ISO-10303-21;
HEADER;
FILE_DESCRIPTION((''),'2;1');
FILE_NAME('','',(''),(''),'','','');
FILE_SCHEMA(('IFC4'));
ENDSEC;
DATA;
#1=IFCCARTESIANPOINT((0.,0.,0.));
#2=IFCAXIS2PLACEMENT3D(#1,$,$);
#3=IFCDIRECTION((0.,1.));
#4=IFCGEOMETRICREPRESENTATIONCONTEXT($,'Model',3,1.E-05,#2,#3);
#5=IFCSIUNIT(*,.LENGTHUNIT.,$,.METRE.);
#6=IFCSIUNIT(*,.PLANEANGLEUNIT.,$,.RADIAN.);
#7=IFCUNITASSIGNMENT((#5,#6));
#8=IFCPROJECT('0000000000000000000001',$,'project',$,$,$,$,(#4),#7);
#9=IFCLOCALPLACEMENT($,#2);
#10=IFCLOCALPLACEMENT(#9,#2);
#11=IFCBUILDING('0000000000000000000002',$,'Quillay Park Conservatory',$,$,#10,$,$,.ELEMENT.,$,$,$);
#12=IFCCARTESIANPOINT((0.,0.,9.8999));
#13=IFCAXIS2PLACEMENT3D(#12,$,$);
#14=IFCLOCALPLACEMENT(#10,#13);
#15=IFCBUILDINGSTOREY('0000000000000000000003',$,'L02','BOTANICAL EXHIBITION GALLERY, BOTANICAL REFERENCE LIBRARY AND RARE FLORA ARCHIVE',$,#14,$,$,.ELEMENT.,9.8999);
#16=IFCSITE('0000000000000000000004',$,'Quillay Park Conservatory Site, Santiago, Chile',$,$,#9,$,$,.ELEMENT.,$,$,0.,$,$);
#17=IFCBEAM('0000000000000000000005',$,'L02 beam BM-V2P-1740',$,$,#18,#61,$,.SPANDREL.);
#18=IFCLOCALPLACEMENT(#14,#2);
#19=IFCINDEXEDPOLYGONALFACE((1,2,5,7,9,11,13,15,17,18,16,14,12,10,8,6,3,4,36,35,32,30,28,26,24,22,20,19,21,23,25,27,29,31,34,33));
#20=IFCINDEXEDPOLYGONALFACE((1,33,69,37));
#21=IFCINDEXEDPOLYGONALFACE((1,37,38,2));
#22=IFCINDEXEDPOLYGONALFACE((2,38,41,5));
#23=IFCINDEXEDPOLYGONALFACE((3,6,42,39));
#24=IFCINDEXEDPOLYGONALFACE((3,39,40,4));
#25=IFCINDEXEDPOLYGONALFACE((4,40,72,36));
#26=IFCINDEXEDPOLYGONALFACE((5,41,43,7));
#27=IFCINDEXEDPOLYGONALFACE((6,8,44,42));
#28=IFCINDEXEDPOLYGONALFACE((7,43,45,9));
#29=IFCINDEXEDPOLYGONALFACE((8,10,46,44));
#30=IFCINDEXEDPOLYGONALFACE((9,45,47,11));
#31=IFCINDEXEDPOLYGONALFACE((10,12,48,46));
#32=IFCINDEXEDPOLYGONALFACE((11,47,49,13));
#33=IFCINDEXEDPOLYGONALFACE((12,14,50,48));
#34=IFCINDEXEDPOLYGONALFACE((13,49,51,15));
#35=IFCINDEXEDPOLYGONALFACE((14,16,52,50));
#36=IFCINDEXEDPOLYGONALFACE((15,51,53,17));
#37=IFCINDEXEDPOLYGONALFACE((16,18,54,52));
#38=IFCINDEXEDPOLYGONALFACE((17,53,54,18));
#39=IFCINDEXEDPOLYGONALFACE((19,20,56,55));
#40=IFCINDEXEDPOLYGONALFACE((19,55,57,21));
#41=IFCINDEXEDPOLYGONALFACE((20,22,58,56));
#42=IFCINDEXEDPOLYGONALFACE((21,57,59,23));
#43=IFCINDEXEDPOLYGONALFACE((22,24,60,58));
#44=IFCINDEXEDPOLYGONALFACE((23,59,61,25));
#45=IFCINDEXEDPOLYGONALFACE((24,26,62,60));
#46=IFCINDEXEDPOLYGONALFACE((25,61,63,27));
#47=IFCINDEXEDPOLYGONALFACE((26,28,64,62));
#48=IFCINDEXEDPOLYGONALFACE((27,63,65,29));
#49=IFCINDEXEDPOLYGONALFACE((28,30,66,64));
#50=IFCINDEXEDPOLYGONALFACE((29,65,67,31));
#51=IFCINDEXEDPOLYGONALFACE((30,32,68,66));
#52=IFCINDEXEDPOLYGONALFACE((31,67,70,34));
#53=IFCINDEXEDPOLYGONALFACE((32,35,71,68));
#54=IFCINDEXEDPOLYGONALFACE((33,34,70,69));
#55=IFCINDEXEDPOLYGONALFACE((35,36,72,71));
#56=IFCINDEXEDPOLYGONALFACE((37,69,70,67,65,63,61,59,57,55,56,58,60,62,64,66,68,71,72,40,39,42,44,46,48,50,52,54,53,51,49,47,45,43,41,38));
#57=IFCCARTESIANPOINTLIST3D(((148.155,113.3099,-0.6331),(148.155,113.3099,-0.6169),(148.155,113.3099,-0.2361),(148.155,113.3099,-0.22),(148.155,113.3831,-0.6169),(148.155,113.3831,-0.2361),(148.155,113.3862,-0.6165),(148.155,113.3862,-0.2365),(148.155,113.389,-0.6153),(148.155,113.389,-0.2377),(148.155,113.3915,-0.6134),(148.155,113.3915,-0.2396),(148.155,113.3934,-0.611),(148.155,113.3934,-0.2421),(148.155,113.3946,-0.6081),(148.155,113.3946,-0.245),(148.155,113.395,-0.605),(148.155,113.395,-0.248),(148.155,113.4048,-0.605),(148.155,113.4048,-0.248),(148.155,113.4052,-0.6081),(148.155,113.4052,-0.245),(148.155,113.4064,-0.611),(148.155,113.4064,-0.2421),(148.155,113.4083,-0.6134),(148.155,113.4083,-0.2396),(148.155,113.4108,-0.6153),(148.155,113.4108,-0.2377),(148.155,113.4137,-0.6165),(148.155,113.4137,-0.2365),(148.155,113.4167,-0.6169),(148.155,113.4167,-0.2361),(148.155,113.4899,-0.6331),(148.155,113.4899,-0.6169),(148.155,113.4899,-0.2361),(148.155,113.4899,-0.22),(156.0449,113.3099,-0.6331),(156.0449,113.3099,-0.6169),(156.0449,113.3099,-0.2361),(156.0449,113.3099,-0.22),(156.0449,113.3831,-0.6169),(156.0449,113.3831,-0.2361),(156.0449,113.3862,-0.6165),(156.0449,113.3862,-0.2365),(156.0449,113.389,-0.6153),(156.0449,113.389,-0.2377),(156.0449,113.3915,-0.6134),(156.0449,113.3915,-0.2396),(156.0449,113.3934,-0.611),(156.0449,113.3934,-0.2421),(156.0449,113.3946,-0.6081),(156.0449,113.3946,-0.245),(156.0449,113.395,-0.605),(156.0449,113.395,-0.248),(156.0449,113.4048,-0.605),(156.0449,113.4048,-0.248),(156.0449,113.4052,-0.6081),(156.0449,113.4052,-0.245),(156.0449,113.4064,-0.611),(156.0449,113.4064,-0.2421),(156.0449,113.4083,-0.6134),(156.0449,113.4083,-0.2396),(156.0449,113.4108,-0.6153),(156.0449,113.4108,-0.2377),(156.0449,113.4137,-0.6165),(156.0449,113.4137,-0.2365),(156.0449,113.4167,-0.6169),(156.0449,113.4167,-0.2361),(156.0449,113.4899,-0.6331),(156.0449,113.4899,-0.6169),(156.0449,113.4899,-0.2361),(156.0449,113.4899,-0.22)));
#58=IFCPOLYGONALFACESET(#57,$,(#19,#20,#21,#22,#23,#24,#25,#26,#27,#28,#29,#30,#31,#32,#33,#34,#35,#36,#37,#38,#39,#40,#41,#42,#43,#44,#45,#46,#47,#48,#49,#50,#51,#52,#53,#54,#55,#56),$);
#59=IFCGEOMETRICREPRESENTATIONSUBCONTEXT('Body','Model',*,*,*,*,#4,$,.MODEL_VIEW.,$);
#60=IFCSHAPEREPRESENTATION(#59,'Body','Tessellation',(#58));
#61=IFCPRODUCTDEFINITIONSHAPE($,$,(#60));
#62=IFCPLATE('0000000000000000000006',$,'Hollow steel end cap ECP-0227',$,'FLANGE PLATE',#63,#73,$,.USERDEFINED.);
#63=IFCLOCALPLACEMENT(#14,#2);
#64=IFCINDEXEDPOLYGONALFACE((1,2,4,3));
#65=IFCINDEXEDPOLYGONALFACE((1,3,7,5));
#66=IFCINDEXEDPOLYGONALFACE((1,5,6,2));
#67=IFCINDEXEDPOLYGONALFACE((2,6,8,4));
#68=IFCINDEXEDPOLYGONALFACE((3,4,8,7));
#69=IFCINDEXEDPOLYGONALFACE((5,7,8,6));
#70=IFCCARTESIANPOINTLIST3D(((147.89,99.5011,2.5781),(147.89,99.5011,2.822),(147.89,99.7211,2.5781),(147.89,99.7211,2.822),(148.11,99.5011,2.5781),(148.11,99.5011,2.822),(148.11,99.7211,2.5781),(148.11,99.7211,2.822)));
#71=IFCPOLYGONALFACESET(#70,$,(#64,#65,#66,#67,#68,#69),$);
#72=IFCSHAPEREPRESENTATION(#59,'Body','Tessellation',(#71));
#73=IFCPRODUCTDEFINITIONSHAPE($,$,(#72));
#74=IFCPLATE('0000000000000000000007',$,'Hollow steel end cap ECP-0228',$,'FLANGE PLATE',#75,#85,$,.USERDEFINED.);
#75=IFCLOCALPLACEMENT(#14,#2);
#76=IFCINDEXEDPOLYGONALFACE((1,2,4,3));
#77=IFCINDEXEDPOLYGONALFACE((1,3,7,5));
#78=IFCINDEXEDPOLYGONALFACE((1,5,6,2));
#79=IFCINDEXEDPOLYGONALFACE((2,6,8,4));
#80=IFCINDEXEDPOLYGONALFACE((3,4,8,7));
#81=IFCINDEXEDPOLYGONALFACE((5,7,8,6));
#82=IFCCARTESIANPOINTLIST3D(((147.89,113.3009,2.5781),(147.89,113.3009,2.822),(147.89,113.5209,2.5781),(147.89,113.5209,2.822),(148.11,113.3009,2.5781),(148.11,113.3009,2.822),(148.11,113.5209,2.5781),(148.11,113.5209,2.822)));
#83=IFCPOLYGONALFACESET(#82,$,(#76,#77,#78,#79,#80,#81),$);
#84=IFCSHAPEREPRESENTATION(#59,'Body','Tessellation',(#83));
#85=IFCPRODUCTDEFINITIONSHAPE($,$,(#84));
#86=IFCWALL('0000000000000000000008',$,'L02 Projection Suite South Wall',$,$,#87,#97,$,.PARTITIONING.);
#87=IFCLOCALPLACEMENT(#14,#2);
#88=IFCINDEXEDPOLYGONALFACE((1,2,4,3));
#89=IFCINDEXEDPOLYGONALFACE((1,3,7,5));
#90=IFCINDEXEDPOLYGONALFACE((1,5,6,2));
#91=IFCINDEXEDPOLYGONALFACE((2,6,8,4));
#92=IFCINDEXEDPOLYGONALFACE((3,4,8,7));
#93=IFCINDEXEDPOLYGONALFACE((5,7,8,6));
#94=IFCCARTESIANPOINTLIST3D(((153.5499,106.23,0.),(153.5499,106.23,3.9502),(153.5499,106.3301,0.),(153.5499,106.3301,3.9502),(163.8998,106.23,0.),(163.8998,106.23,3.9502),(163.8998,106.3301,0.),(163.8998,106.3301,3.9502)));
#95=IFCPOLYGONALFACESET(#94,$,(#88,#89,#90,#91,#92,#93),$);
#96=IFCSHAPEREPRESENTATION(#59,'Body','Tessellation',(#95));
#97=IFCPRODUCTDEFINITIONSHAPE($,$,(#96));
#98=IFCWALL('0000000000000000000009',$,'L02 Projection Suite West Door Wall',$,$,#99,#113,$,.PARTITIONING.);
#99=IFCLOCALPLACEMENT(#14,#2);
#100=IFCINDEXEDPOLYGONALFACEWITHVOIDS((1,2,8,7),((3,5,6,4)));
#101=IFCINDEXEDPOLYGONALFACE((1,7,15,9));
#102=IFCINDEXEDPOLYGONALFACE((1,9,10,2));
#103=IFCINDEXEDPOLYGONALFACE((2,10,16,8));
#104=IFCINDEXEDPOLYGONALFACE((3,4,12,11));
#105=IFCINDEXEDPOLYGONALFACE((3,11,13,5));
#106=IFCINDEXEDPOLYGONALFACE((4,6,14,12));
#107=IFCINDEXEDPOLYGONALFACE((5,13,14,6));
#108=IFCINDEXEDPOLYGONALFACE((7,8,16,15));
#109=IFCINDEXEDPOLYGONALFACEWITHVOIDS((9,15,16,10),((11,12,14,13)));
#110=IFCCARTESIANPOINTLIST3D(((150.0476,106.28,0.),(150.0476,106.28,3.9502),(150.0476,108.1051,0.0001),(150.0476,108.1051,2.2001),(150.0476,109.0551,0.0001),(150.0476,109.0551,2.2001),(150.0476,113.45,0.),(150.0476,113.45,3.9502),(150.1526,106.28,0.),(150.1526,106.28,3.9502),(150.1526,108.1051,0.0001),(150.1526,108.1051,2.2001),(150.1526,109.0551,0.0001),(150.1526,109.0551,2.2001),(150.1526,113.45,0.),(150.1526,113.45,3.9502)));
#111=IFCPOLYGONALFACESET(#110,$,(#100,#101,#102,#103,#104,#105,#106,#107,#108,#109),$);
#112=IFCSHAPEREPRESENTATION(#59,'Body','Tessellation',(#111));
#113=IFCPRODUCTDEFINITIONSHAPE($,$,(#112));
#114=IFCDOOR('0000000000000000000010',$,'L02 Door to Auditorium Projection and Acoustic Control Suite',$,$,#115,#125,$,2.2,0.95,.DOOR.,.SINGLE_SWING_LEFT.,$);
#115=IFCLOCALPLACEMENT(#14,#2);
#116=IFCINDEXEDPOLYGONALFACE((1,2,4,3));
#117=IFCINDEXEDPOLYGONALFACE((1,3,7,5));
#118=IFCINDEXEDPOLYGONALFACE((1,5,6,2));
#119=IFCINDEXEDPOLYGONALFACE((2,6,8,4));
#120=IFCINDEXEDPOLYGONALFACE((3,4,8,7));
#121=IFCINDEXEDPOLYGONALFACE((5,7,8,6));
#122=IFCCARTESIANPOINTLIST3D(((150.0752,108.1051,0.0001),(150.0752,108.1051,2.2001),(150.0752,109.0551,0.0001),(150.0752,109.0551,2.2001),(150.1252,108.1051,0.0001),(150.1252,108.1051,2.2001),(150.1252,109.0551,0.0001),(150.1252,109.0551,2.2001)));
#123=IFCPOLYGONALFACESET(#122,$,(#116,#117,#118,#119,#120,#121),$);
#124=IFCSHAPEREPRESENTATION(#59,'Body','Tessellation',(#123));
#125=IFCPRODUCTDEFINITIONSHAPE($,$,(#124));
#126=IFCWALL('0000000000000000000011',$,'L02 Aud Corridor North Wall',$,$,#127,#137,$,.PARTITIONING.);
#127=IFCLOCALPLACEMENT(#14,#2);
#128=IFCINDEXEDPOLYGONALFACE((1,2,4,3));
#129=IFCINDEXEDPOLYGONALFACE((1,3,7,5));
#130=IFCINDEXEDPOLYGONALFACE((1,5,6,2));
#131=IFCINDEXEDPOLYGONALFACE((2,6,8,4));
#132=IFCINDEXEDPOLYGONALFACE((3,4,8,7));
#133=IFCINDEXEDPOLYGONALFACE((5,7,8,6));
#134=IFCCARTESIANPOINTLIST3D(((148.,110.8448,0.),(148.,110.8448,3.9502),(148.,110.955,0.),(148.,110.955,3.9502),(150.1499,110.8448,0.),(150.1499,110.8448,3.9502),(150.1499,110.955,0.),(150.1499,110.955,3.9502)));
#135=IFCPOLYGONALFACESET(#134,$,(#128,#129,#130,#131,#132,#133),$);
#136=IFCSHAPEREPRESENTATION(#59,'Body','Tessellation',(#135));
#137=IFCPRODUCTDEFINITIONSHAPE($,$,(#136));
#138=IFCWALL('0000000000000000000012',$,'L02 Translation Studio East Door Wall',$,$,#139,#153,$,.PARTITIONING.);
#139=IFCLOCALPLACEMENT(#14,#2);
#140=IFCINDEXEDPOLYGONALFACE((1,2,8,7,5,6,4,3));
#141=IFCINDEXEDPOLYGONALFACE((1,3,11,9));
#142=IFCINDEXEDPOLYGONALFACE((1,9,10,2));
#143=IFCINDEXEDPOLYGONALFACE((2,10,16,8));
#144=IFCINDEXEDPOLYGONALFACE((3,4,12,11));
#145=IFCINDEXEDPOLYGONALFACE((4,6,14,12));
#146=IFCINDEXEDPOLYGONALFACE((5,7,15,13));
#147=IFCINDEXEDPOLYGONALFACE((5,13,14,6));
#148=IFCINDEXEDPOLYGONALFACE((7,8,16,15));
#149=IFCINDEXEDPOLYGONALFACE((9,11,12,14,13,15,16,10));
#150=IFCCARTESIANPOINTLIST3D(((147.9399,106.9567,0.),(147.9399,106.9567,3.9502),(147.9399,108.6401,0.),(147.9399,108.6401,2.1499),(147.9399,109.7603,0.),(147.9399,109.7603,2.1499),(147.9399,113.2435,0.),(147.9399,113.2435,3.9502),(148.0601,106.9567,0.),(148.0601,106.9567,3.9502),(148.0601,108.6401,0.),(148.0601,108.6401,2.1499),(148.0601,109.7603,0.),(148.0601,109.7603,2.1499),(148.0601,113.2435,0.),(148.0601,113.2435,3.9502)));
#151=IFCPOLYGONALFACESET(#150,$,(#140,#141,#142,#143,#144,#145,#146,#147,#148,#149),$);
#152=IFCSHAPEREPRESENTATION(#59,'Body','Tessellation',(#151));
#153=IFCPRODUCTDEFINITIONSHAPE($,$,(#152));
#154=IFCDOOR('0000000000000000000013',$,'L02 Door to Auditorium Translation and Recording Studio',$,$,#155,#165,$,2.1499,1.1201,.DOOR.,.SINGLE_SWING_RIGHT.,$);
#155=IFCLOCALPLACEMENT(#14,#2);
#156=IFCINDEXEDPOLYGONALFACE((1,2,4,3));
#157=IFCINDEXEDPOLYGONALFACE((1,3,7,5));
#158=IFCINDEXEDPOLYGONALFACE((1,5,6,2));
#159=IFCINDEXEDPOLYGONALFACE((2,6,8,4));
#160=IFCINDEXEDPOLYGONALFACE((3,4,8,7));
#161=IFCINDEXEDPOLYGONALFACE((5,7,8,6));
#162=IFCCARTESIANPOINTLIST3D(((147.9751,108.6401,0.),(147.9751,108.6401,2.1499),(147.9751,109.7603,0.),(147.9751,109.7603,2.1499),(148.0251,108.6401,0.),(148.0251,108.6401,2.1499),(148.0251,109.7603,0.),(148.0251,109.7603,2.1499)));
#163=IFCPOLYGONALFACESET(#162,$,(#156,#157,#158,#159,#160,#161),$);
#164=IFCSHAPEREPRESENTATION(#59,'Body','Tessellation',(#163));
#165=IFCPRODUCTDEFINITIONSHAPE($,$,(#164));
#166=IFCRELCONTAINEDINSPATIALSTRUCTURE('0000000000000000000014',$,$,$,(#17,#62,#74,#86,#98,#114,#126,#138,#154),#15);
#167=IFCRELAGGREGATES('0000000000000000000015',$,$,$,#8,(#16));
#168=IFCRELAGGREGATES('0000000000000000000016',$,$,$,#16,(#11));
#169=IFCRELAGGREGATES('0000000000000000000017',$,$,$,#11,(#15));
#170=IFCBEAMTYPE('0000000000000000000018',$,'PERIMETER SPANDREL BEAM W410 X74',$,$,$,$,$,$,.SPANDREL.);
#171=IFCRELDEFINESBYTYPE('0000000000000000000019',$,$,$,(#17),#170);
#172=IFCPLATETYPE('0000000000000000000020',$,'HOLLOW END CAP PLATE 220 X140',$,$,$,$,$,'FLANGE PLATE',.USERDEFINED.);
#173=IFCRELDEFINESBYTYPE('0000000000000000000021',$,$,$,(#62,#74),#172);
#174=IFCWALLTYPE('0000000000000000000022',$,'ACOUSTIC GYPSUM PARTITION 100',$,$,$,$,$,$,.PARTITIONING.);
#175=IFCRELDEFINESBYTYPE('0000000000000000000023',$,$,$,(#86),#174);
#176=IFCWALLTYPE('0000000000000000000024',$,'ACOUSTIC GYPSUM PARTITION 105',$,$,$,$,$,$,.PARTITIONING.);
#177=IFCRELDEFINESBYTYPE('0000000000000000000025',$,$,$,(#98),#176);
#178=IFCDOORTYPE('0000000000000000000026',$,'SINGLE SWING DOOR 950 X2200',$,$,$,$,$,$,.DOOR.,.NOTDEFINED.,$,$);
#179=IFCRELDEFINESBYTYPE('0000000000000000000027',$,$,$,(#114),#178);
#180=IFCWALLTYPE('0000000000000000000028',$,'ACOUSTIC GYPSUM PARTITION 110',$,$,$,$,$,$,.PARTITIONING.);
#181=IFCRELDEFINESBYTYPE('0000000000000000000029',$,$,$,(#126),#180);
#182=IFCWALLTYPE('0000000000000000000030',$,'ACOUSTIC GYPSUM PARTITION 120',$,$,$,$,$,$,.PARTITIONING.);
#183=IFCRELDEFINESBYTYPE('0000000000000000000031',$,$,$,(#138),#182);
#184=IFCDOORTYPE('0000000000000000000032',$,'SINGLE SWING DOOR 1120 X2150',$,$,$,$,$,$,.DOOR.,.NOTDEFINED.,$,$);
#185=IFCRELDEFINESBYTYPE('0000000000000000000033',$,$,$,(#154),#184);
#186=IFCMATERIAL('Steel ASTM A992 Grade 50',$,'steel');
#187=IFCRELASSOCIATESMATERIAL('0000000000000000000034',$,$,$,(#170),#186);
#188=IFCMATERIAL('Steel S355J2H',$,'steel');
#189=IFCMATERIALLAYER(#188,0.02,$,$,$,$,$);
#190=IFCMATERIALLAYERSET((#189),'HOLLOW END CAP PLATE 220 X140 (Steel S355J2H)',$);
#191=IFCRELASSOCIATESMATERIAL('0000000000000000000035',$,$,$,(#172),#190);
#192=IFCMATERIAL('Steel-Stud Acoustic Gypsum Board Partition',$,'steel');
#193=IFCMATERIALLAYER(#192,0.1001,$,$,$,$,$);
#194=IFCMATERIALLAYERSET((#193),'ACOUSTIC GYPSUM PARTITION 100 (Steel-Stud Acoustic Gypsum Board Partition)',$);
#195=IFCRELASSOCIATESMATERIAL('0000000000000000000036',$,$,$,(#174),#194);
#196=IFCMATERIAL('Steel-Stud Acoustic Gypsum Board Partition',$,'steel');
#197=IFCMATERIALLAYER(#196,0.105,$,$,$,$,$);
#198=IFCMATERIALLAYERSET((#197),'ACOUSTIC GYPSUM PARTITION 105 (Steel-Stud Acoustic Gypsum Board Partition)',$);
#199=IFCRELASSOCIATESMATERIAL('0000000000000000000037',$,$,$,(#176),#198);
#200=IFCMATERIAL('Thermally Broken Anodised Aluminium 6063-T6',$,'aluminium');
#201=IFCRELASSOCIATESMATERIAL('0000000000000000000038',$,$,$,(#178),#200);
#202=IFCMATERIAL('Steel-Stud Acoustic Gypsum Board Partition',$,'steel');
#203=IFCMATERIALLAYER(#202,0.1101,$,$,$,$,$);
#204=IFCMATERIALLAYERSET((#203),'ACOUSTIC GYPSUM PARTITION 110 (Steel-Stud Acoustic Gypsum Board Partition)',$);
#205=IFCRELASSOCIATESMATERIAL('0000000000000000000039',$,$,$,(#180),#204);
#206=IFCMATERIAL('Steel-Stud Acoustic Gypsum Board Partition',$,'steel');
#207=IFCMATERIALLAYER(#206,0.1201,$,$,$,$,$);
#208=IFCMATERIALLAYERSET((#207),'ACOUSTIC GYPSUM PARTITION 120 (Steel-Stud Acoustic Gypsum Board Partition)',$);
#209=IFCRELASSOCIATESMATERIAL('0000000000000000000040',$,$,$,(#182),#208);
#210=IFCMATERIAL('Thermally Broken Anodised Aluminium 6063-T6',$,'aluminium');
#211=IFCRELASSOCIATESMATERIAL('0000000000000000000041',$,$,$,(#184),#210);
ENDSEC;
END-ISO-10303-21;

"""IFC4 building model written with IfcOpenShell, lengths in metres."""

from ifc_helpers import new_model, si_unit, direction, frame, frame_2d, origin, origin_2d, place, context, subcontext, project, spatial, rectangle, i_section, extrude, material, layer, layer_set, material_profile, profile_set, type_object, element, fill, save


model = new_model("IFC4")

# Units and contexts
model_context = context("Model", 3, precision=1e-05, world=origin(), true_north=direction((0.0, 1.0)))
body_context = subcontext(model_context, "Body", "Model", "MODEL_VIEW")
ifc_project = project(units=[si_unit("LENGTHUNIT", "METRE"), si_unit("PLANEANGLEUNIT", "RADIAN")], contexts=[model_context])

# Site, building, storey
site_placement = place(None, origin())
site = spatial("IfcSite", under=ifc_project, at=site_placement, Name="Quillay Park Conservatory Site, Santiago, Chile", CompositionType="ELEMENT", RefElevation=0.0)
building_placement = place(site_placement, origin())
building = spatial("IfcBuilding", under=site, at=building_placement, Name="Quillay Park Conservatory", CompositionType="ELEMENT")
storey_placement = place(building_placement, frame((0.0, 0.0, 9.8999)))
storey = spatial("IfcBuildingStorey", under=building, at=storey_placement, Name="L02", Description="BOTANICAL EXHIBITION GALLERY, BOTANICAL REFERENCE LIBRARY AND RARE FLORA ARCHIVE", CompositionType="ELEMENT", Elevation=9.8999)

# Beam
ifc_material_1 = material(Name="Steel ASTM A992 Grade 50", Category="steel")
ifc_material_profile_1 = material_profile(ifc_material_1, i_section(OverallWidth=0.1799, OverallDepth=0.4131, WebThickness=0.0098, FlangeThickness=0.0161, FilletRadius=0.012, at=origin_2d()), Name="W410x74")
ifc_profile_set_1 = profile_set([ifc_material_profile_1], Name="Steel ASTM A992 Grade 50")
beam_type = type_object("IfcBeamType", Name="PERIMETER SPANDREL BEAM W410 X74", PredefinedType="SPANDREL", material=ifc_profile_set_1)
beam_placement = place(storey_placement, frame((148.155, 113.3999, -0.4265), z_axis=(1.0, 0.0, 0.0), x_axis=(0.0, 1.0, 0.0)))
element("IfcBeam", 1, at=beam_placement, inside=storey, type_object=beam_type, Name="L02 beam BM-V2P-1740", PredefinedType="SPANDREL", context=body_context, shape_type="SweptSolid", body=[
    extrude(i_section(OverallWidth=0.1799, OverallDepth=0.4131, WebThickness=0.0098, FlangeThickness=0.0161, FilletRadius=0.012, at=origin_2d()), origin(), (0.0, 0.0, 1.0), 7.8899),
])

# Plates
ifc_material_2 = material(Name="Steel S355J2H", Category="steel")
ifc_layer_1 = layer(ifc_material_2, 0.02)
ifc_layer_set_1 = layer_set([ifc_layer_1], Name="HOLLOW END CAP PLATE 220 X140 (Steel S355J2H)")
plate_type = type_object("IfcPlateType", Name="HOLLOW END CAP PLATE 220 X140", ElementType="FLANGE PLATE", PredefinedType="USERDEFINED", material=ifc_layer_set_1)
for number, where, z_axis, x_axis, name in (
    (2, (148.0, 99.6111, 2.5781), (0.0, 0.0, 1.0), (1.0, 0.0, 0.0), "Hollow steel end cap ECP-0227"),
    (3, (148.0, 113.4109, 2.5781), (0.0, 0.0, 1.0), (1.0, 0.0, 0.0), "Hollow steel end cap ECP-0228"),
):
    element("IfcPlate", number, at=place(storey_placement, frame(where, z_axis=z_axis, x_axis=x_axis)), inside=storey, type_object=plate_type, Name=name, ObjectType="FLANGE PLATE", PredefinedType="USERDEFINED", context=body_context, shape_type="SweptSolid", body=[
        extrude(rectangle(XDim=0.22, YDim=0.22, at=origin_2d()), origin(), (0.0, 0.0, 1.0), 0.2439),
    ])

# Wall
ifc_material_3 = material(Name="Steel-Stud Acoustic Gypsum Board Partition", Category="steel")
ifc_layer_2 = layer(ifc_material_3, 0.1001)
ifc_layer_set_2 = layer_set([ifc_layer_2], Name="ACOUSTIC GYPSUM PARTITION 100 (Steel-Stud Acoustic Gypsum Board Partition)")
wall_type_1 = type_object("IfcWallType", Name="ACOUSTIC GYPSUM PARTITION 100", PredefinedType="PARTITIONING", material=ifc_layer_set_2)
wall_1_placement = place(storey_placement, frame((153.55, 106.28, 0.0), z_axis=(0.0, 0.0, 1.0), x_axis=(1.0, 0.0, 0.0)))
element("IfcWall", 4, at=wall_1_placement, inside=storey, type_object=wall_type_1, Name="L02 Projection Suite South Wall", PredefinedType="PARTITIONING", context=body_context, shape_type="SweptSolid", body=[
    extrude(rectangle(XDim=10.3499, YDim=0.1001, at=frame_2d((5.1748, 0.0))), origin(), (0.0, 0.0, 1.0), 3.9502),
])

# Wall, opening, door
ifc_material_4 = material(Name="Steel-Stud Acoustic Gypsum Board Partition", Category="steel")
ifc_layer_3 = layer(ifc_material_4, 0.105)
ifc_layer_set_3 = layer_set([ifc_layer_3], Name="ACOUSTIC GYPSUM PARTITION 105 (Steel-Stud Acoustic Gypsum Board Partition)")
wall_type_2 = type_object("IfcWallType", Name="ACOUSTIC GYPSUM PARTITION 105", PredefinedType="PARTITIONING", material=ifc_layer_set_3)
wall_2_placement = place(storey_placement, frame((150.1001, 106.28, 0.0), z_axis=(0.0, 0.0, 1.0), x_axis=(0.0, 1.0, 0.0)))
wall_2 = element("IfcWall", 5, at=wall_2_placement, inside=storey, type_object=wall_type_2, Name="L02 Projection Suite West Door Wall", PredefinedType="PARTITIONING", context=body_context, shape_type="SweptSolid", body=[
    extrude(rectangle(XDim=7.1699, YDim=0.105, at=frame_2d((3.585, 0.0))), origin(), (0.0, 0.0, 1.0), 3.9502),
])
opening_1_placement = place(wall_2_placement, frame((1.825, 0.0, 0.0)))
opening_1 = element("IfcOpeningElement", 6, at=opening_1_placement, cuts=wall_2, PredefinedType="OPENING", context=body_context, shape_type="SweptSolid", body=[
    extrude(rectangle(XDim=0.95, YDim=2.2, at=frame_2d((0.4751, 1.1001))), frame((0.0, 0.0525, 0.0), z_axis=(0.0, -1.0, 0.0), x_axis=(1.0, 0.0, 0.0)), (0.0, 0.0, 1.0), 0.105),
])
ifc_material_5 = material(Name="Thermally Broken Anodised Aluminium 6063-T6", Category="aluminium")
door_type_1 = type_object("IfcDoorType", Name="SINGLE SWING DOOR 950 X2200", OperationType="NOTDEFINED", PredefinedType="DOOR", material=ifc_material_5)
door_1_placement = place(opening_1_placement, origin())
door_1 = element("IfcDoor", 7, at=door_1_placement, inside=storey, type_object=door_type_1, Name="L02 Door to Auditorium Projection and Acoustic Control Suite", OperationType="SINGLE_SWING_LEFT", OverallHeight=2.2, OverallWidth=0.95, PredefinedType="DOOR", context=body_context, shape_type="SweptSolid", body=[
    extrude(rectangle(XDim=0.95, YDim=2.2, at=frame_2d((0.4751, 1.1001))), frame((0.0, 0.0249, 0.0), z_axis=(0.0, -1.0, 0.0), x_axis=(1.0, 0.0, 0.0)), (0.0, 0.0, 1.0), 0.05),
])
fill(opening_1, door_1)

# Wall
ifc_material_6 = material(Name="Steel-Stud Acoustic Gypsum Board Partition", Category="steel")
ifc_layer_4 = layer(ifc_material_6, 0.1101)
ifc_layer_set_4 = layer_set([ifc_layer_4], Name="ACOUSTIC GYPSUM PARTITION 110 (Steel-Stud Acoustic Gypsum Board Partition)")
wall_type_3 = type_object("IfcWallType", Name="ACOUSTIC GYPSUM PARTITION 110", PredefinedType="PARTITIONING", material=ifc_layer_set_4)
wall_3_placement = place(storey_placement, frame((148.0, 110.8999, 0.0), z_axis=(0.0, 0.0, 1.0), x_axis=(1.0, 0.0, 0.0)))
element("IfcWall", 8, at=wall_3_placement, inside=storey, type_object=wall_type_3, Name="L02 Aud Corridor North Wall", PredefinedType="PARTITIONING", context=body_context, shape_type="SweptSolid", body=[
    extrude(rectangle(XDim=2.1499, YDim=0.1101, at=frame_2d((1.075, 0.0))), origin(), (0.0, 0.0, 1.0), 3.9502),
])

# Wall, opening, door
ifc_material_7 = material(Name="Steel-Stud Acoustic Gypsum Board Partition", Category="steel")
ifc_layer_5 = layer(ifc_material_7, 0.1201)
ifc_layer_set_5 = layer_set([ifc_layer_5], Name="ACOUSTIC GYPSUM PARTITION 120 (Steel-Stud Acoustic Gypsum Board Partition)")
wall_type_4 = type_object("IfcWallType", Name="ACOUSTIC GYPSUM PARTITION 120", PredefinedType="PARTITIONING", material=ifc_layer_set_5)
wall_4_placement = place(storey_placement, frame((148.0, 106.9565, 0.0), z_axis=(0.0, 0.0, 1.0), x_axis=(0.0, 1.0, 0.0)))
wall_4 = element("IfcWall", 9, at=wall_4_placement, inside=storey, type_object=wall_type_4, Name="L02 Translation Studio East Door Wall", PredefinedType="PARTITIONING", context=body_context, shape_type="SweptSolid", body=[
    extrude(rectangle(XDim=6.2869, YDim=0.1201, at=frame_2d((3.1436, 0.0))), origin(), (0.0, 0.0, 1.0), 3.9502),
])
opening_2_placement = place(wall_4_placement, frame((1.6836, 0.0, 0.0)))
opening_2 = element("IfcOpeningElement", 10, at=opening_2_placement, cuts=wall_4, PredefinedType="OPENING", context=body_context, shape_type="SweptSolid", body=[
    extrude(rectangle(XDim=1.1201, YDim=2.1499, at=frame_2d((0.5601, 1.075))), frame((0.0, 0.0601, 0.0), z_axis=(0.0, -1.0, 0.0), x_axis=(1.0, 0.0, 0.0)), (0.0, 0.0, 1.0), 0.1201),
])
ifc_material_8 = material(Name="Thermally Broken Anodised Aluminium 6063-T6", Category="aluminium")
door_type_2 = type_object("IfcDoorType", Name="SINGLE SWING DOOR 1120 X2150", OperationType="NOTDEFINED", PredefinedType="DOOR", material=ifc_material_8)
door_2_placement = place(opening_2_placement, origin())
door_2 = element("IfcDoor", 11, at=door_2_placement, inside=storey, type_object=door_type_2, Name="L02 Door to Auditorium Translation and Recording Studio", OperationType="SINGLE_SWING_RIGHT", OverallHeight=2.1499, OverallWidth=1.1201, PredefinedType="DOOR", context=body_context, shape_type="SweptSolid", body=[
    extrude(rectangle(XDim=1.1201, YDim=2.1499, at=frame_2d((0.5601, 1.075))), frame((0.0, 0.0249, 0.0), z_axis=(0.0, -1.0, 0.0), x_axis=(1.0, 0.0, 0.0)), (0.0, 0.0, 1.0), 0.05),
])
fill(opening_2, door_2)

save(model, "model.ifc")
